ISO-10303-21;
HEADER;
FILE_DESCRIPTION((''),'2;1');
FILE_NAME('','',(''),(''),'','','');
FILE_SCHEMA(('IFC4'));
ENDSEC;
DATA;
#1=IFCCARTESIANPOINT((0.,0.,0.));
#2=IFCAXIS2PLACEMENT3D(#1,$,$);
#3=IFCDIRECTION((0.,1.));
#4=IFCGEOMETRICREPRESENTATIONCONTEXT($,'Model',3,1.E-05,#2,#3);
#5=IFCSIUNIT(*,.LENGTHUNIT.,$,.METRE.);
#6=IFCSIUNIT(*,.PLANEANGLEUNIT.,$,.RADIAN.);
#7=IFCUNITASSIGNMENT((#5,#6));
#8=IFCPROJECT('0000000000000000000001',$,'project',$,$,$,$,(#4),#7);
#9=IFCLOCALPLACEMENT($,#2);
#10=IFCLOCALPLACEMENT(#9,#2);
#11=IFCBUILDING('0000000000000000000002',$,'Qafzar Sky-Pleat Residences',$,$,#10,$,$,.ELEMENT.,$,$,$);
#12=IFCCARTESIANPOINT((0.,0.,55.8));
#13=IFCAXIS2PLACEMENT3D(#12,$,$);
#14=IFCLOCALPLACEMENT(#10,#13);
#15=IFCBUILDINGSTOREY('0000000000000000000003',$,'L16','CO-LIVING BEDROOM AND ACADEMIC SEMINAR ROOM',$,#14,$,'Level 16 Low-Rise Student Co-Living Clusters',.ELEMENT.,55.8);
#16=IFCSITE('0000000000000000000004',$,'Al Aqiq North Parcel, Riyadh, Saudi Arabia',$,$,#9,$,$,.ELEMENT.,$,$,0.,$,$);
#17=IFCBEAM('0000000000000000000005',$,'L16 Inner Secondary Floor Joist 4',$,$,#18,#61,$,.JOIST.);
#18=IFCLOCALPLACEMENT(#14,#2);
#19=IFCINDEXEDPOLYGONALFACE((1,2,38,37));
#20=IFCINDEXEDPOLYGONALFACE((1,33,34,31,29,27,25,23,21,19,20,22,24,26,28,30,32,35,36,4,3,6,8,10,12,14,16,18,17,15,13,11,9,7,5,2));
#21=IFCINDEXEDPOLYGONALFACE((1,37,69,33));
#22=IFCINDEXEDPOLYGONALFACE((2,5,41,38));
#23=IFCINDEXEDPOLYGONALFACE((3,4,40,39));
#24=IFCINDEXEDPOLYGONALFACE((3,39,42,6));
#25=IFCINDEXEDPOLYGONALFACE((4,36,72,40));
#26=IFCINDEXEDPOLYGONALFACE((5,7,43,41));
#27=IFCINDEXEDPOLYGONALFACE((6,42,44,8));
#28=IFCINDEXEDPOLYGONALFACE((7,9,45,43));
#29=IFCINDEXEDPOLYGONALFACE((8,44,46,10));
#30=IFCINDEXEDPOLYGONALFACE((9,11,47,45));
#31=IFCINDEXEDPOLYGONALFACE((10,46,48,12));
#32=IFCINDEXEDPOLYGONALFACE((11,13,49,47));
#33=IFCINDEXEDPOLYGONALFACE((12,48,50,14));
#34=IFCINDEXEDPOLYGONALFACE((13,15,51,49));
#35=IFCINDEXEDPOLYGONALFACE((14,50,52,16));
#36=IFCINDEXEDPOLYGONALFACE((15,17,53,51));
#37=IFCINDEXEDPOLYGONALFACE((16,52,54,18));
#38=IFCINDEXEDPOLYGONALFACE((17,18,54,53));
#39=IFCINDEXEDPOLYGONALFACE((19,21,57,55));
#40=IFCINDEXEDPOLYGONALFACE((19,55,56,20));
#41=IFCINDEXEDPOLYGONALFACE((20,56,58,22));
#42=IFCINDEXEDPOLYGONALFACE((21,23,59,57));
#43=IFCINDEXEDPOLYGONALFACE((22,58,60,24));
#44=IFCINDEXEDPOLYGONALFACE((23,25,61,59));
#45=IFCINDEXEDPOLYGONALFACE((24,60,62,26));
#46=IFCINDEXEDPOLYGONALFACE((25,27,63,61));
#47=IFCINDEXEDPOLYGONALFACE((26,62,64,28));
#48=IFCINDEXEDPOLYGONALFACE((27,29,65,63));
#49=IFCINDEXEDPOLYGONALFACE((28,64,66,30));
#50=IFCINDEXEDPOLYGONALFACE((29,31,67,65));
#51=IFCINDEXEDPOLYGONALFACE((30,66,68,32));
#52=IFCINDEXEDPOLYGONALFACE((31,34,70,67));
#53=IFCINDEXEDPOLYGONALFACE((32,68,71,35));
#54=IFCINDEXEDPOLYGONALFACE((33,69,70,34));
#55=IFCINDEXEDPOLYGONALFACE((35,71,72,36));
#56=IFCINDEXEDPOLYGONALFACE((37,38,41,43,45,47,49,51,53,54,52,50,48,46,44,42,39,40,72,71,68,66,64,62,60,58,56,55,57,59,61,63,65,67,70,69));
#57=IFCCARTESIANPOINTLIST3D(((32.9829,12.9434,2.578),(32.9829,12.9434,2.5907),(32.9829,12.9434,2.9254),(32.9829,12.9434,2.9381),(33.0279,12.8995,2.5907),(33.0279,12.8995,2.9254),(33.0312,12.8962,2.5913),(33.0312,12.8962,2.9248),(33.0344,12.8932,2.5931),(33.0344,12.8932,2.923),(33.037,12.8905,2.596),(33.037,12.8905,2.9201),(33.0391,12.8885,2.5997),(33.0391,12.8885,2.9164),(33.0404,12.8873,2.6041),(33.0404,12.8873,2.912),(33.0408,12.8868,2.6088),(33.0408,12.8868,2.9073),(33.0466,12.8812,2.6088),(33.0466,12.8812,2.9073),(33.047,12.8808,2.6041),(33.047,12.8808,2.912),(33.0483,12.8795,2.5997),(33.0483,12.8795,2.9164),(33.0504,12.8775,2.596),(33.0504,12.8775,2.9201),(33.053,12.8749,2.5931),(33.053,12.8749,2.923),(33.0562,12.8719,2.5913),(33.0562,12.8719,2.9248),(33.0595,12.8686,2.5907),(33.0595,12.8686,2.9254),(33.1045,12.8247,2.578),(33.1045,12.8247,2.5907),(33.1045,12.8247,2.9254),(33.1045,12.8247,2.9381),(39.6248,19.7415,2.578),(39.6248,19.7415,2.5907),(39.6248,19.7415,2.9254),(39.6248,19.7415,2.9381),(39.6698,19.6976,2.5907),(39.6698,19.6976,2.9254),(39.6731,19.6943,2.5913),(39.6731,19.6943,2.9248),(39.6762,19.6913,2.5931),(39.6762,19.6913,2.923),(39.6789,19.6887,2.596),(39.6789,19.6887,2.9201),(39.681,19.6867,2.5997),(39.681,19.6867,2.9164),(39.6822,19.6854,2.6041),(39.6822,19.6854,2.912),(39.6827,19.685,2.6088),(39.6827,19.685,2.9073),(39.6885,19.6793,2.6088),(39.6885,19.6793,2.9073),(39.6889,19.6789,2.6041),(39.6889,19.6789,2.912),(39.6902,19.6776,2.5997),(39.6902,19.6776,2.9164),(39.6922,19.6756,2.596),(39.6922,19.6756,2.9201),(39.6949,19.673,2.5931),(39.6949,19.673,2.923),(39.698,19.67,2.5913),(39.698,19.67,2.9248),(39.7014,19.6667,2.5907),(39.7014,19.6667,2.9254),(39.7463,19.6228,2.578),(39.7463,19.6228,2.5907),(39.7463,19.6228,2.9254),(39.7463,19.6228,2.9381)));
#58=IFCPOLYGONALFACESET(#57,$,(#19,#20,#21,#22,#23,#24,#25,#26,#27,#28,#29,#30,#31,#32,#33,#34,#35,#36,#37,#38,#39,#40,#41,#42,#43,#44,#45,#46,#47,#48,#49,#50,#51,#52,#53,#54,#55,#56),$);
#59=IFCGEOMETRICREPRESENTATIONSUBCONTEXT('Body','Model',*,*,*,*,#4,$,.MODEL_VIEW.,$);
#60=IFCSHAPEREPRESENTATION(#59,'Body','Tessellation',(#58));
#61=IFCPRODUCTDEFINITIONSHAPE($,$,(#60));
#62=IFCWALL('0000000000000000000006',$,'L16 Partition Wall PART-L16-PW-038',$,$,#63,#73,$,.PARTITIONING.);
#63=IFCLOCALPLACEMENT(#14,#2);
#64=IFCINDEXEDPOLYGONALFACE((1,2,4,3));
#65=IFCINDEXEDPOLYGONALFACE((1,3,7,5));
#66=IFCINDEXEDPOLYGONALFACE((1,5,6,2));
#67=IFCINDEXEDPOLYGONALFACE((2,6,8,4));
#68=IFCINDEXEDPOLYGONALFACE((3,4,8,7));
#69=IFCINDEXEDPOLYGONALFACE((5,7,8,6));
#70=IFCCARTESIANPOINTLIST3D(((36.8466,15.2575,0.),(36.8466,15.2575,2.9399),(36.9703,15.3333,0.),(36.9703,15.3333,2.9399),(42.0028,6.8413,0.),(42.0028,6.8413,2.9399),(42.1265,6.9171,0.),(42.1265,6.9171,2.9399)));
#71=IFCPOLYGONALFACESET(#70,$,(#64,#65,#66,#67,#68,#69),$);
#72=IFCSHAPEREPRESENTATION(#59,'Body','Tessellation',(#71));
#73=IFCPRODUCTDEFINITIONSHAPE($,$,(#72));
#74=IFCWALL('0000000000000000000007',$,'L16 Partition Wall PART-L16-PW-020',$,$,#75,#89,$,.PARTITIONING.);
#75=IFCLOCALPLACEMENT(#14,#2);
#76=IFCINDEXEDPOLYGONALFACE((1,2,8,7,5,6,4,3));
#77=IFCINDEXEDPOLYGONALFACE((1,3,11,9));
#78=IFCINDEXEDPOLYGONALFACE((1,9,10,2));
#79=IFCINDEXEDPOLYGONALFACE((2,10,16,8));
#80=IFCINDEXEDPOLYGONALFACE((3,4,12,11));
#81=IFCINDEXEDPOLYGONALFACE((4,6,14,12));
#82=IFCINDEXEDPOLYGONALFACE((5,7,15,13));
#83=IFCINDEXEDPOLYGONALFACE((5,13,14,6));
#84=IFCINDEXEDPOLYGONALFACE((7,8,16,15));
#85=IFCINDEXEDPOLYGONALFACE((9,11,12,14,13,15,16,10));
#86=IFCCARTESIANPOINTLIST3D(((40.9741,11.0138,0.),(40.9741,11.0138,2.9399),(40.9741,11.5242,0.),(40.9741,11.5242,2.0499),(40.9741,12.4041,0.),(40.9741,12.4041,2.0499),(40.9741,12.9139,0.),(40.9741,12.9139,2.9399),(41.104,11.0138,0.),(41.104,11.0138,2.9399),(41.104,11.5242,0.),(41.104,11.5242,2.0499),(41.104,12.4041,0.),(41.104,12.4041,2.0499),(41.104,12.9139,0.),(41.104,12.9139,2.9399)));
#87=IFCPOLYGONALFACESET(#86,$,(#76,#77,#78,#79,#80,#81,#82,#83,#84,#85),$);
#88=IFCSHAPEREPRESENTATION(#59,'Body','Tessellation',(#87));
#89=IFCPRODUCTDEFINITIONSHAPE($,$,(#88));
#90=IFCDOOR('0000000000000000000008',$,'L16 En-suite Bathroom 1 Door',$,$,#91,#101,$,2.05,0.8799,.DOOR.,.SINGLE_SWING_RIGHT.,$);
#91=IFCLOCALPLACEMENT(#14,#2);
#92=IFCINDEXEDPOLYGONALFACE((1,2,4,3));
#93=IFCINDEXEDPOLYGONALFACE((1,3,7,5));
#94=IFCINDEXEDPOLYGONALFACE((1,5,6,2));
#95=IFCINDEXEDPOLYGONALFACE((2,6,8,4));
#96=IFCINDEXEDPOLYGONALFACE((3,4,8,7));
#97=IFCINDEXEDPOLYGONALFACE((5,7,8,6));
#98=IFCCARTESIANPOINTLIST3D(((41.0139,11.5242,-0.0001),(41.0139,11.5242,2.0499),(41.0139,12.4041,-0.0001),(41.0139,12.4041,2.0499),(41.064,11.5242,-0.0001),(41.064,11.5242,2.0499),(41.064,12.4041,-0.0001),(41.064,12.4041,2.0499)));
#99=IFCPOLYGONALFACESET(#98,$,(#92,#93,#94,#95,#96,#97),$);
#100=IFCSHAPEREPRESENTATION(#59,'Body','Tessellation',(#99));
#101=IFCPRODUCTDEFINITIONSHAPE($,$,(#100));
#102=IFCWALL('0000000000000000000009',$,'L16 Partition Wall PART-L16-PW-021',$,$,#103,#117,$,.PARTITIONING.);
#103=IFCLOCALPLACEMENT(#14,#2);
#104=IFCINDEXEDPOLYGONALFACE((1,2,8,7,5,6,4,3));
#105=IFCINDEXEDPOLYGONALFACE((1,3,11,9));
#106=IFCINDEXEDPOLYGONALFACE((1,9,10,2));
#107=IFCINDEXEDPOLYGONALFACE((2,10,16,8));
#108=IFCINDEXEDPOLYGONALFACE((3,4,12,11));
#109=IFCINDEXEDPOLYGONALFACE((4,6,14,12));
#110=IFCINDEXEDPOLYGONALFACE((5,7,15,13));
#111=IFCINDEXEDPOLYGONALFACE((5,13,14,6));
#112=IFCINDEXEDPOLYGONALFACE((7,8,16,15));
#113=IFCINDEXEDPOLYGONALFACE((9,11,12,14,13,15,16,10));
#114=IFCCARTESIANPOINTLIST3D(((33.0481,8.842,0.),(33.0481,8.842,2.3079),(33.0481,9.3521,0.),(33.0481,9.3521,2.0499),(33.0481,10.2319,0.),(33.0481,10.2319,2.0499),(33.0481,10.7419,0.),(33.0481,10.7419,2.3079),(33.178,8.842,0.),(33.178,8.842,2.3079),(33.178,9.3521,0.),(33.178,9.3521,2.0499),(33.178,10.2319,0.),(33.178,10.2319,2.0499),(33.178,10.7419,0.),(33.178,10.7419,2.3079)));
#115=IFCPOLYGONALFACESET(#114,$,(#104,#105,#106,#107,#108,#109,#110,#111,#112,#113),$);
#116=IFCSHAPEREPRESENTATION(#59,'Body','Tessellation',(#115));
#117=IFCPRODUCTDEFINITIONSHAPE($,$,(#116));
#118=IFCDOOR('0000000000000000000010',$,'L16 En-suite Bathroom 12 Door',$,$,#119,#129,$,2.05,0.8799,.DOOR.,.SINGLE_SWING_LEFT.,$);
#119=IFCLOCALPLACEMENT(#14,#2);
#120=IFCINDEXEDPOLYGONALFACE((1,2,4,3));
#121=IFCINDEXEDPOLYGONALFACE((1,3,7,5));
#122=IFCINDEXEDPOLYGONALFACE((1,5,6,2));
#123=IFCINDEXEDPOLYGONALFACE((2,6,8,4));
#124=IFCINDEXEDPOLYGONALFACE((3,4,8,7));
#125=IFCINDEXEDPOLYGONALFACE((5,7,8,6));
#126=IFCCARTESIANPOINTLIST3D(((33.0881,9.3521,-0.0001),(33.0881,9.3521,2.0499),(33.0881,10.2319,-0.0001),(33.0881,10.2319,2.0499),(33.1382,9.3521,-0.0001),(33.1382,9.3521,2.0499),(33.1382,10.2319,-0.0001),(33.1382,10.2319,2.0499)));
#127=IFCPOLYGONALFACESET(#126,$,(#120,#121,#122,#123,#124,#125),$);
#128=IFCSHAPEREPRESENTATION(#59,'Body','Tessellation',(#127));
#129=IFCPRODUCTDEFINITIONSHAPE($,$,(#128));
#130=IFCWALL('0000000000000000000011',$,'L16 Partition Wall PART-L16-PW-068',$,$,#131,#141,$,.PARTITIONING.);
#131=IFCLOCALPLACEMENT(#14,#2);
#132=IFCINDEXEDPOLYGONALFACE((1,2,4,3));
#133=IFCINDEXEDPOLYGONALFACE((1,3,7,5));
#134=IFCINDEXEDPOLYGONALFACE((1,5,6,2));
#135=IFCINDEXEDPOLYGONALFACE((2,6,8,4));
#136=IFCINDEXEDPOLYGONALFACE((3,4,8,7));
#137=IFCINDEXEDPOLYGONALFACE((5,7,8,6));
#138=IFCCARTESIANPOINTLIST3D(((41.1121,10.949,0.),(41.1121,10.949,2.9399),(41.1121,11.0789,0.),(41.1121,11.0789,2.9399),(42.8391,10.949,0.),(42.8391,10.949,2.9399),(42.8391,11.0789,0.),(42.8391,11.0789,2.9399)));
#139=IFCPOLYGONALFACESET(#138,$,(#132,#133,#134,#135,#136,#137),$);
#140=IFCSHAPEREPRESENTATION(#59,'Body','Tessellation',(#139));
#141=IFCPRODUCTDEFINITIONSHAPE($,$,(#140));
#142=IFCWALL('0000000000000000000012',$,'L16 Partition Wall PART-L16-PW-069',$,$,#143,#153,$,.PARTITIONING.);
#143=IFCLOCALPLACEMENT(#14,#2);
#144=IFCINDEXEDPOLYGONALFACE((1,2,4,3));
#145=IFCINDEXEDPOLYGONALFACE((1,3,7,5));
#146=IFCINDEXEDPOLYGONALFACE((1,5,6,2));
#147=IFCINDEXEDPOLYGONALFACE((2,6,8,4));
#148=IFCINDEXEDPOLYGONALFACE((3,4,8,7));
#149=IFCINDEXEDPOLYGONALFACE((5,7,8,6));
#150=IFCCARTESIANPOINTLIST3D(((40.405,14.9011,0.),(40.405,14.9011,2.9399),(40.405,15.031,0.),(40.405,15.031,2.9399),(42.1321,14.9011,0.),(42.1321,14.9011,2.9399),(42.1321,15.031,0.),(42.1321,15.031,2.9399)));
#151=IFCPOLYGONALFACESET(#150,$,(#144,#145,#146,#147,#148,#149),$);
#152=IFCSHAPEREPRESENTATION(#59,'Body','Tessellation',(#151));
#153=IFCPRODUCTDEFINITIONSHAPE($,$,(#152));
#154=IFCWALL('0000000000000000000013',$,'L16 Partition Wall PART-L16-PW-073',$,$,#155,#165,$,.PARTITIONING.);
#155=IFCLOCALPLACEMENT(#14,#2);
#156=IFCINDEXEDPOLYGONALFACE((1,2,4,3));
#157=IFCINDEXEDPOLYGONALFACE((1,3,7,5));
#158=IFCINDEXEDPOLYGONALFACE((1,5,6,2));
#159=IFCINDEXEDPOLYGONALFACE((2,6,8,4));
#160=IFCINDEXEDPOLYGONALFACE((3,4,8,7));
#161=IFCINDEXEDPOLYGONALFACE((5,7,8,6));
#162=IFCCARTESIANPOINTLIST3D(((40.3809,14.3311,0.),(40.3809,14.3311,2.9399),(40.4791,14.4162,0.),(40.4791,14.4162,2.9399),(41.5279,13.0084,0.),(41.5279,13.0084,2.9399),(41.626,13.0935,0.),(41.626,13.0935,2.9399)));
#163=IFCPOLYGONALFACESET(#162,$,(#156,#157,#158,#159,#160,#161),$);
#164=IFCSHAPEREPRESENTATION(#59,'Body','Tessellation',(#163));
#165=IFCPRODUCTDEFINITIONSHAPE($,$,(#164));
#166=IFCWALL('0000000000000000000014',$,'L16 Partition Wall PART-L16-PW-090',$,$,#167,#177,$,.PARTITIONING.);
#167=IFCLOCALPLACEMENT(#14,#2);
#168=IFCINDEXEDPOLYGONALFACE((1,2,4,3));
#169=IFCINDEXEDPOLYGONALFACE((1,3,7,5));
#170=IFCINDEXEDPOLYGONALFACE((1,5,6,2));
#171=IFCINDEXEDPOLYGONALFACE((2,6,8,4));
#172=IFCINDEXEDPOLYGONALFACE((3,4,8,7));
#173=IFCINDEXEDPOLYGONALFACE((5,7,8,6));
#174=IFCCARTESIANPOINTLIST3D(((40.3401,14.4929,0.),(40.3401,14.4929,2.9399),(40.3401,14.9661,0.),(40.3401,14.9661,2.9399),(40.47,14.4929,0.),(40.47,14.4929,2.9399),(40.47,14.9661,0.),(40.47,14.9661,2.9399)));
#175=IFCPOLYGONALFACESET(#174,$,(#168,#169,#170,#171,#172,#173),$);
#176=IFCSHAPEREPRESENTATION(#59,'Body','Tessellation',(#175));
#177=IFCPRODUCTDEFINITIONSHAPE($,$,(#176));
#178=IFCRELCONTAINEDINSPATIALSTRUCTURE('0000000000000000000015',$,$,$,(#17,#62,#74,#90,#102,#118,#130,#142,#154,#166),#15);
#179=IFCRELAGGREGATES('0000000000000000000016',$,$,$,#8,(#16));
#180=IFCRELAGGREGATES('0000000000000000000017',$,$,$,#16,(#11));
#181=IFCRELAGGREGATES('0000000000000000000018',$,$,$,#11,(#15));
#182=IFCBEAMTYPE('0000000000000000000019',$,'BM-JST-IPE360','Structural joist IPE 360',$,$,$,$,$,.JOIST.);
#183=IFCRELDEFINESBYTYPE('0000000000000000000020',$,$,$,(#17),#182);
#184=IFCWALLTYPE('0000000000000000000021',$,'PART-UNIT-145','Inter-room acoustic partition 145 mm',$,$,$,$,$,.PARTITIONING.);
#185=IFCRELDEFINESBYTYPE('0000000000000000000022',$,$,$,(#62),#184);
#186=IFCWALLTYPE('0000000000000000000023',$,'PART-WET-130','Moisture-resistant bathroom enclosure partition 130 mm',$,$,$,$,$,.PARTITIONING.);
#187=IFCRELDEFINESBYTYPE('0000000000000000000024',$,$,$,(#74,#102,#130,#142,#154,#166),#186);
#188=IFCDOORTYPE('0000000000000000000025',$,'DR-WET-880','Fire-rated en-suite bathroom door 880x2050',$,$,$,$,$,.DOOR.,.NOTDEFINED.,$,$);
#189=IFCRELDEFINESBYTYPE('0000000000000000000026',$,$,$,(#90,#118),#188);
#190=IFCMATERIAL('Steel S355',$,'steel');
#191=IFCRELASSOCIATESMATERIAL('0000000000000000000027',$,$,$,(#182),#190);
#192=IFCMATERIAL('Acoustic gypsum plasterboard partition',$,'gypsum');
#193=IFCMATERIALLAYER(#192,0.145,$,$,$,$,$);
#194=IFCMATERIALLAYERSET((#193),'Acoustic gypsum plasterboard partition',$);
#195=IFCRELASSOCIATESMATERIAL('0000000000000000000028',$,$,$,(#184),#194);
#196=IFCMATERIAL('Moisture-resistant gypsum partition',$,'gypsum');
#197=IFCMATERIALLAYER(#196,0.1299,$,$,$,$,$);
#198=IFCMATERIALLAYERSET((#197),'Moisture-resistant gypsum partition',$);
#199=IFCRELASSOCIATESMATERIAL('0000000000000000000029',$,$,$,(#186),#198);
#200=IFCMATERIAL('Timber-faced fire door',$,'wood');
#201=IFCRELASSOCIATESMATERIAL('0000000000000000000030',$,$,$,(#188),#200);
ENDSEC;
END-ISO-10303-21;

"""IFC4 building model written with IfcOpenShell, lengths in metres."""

from ifc_helpers import new_model, si_unit, direction, frame, frame_2d, origin, origin_2d, place, context, subcontext, project, spatial, rectangle, i_section, extrude, source, transform, mapped, material, layer, layer_set, material_profile, profile_set, type_object, element, fill, save


model = new_model("IFC4")

# Units and contexts
model_context = context("Model", 3, precision=1e-05, world=origin(), true_north=direction((0.0, 1.0)))
body_context = subcontext(model_context, "Body", "Model", "MODEL_VIEW")
ifc_project = project(units=[si_unit("LENGTHUNIT", "METRE"), si_unit("PLANEANGLEUNIT", "RADIAN")], contexts=[model_context])

# Site, building, storey
site_placement = place(None, origin())
site = spatial("IfcSite", under=ifc_project, at=site_placement, Name="Al Aqiq North Parcel, Riyadh, Saudi Arabia", CompositionType="ELEMENT", RefElevation=0.0)
building_placement = place(site_placement, origin())
building = spatial("IfcBuilding", under=site, at=building_placement, Name="Qafzar Sky-Pleat Residences", CompositionType="ELEMENT")
storey_placement = place(building_placement, frame((0.0, 0.0, 55.8)))
storey = spatial("IfcBuildingStorey", under=building, at=storey_placement, Name="L16", Description="CO-LIVING BEDROOM AND ACADEMIC SEMINAR ROOM", LongName="Level 16 Low-Rise Student Co-Living Clusters", CompositionType="ELEMENT", Elevation=55.8)

# Beam
ifc_material_1 = material(Name="Steel S355", Category="steel")
ifc_material_profile_1 = material_profile(ifc_material_1, i_section(OverallWidth=0.1699, OverallDepth=0.3601, WebThickness=0.0081, FlangeThickness=0.0127, FilletRadius=0.0181, at=origin_2d()), Name="IPE 360")
ifc_profile_set_1 = profile_set([ifc_material_profile_1], Name="Steel S355")
beam_type_1 = type_object("IfcBeamType", Name="BM-JST-IPE360", Description="Structural joist IPE 360", PredefinedType="JOIST", material=ifc_profile_set_1)
shared_shape_1 = source(origin(), body_context, "Body", "SweptSolid", [
    extrude(i_section(OverallWidth=0.1699, OverallDepth=0.3601, WebThickness=0.0081, FlangeThickness=0.0127, FilletRadius=0.0181, at=origin_2d()), origin(), (0.0, 0.0, 1.0), 9.5042),
])
beam_1_placement = place(storey_placement, frame((33.0437, 12.884, 2.7581), z_axis=(0.698839, 0.715279, 0.0), x_axis=(-0.715279, 0.698839, 0.0)))
element("IfcBeam", 1, at=beam_1_placement, inside=storey, type_object=beam_type_1, Name="L16 Inner Secondary Floor Joist 4", PredefinedType="JOIST", context=body_context, shape_type="MappedRepresentation", body=[
    mapped(shared_shape_1, transform((0.0, 0.0, 0.0), x_axis=(1.0, 0.0, 0.0), y_axis=(0.0, 1.0, 0.0), z_axis=(0.0, 0.0, 1.0), scale=1.0)),
])

# Wall
ifc_material_2 = material(Name="Acoustic gypsum plasterboard partition", Category="gypsum")
ifc_layer_1 = layer(ifc_material_2, 0.145)
ifc_layer_set_1 = layer_set([ifc_layer_1], Name="Acoustic gypsum plasterboard partition")
wall_type_1 = type_object("IfcWallType", Name="PART-UNIT-145", Description="Inter-room acoustic partition 145 mm", PredefinedType="PARTITIONING", material=ifc_layer_set_1)
wall_1_placement = place(storey_placement, frame((36.9084, 15.2954, 0.0), z_axis=(0.0, 0.0, 1.0), x_axis=(0.522407, -0.852696, 0.0)))
element("IfcWall", 2, at=wall_1_placement, inside=storey, type_object=wall_type_1, Name="L16 Partition Wall PART-L16-PW-038", PredefinedType="PARTITIONING", context=body_context, shape_type="SweptSolid", body=[
    extrude(rectangle(XDim=9.8701, YDim=0.145, at=frame_2d((4.9351, 0.0))), origin(), (0.0, 0.0, 1.0), 2.9399),
])

# Walls, openings, doors
ifc_material_3 = material(Name="Moisture-resistant gypsum partition", Category="gypsum")
ifc_layer_2 = layer(ifc_material_3, 0.1299)
ifc_layer_set_2 = layer_set([ifc_layer_2], Name="Moisture-resistant gypsum partition")
wall_type_2 = type_object("IfcWallType", Name="PART-WET-130", Description="Moisture-resistant bathroom enclosure partition 130 mm", PredefinedType="PARTITIONING", material=ifc_layer_set_2)
wall_2_placement = place(storey_placement, frame((41.0391, 12.9141, 0.0), z_axis=(0.0, 0.0, 1.0), x_axis=(0.0, -1.0, 0.0)))
wall_2 = element("IfcWall", 3, at=wall_2_placement, inside=storey, type_object=wall_type_2, Name="L16 Partition Wall PART-L16-PW-020", PredefinedType="PARTITIONING", context=body_context, shape_type="SweptSolid", body=[
    extrude(rectangle(XDim=1.9001, YDim=0.1299, at=frame_2d((0.9502, 0.0))), origin(), (0.0, 0.0, 1.0), 2.9399),
])
opening_1_placement = place(wall_2_placement, frame((0.51, 0.0, 0.0)))
opening_1 = element("IfcOpeningElement", 4, at=opening_1_placement, cuts=wall_2, PredefinedType="OPENING", context=body_context, shape_type="SweptSolid", body=[
    extrude(rectangle(XDim=0.8799, YDim=2.05, at=frame_2d((0.4399, 1.0249))), frame((0.0, 0.075, 0.0), z_axis=(0.0, -1.0, 0.0), x_axis=(1.0, 0.0, 0.0)), (0.0, 0.0, 1.0), 0.1499),
])
ifc_material_4 = material(Name="Timber-faced fire door", Category="wood")
door_type = type_object("IfcDoorType", Name="DR-WET-880", Description="Fire-rated en-suite bathroom door 880x2050", OperationType="NOTDEFINED", PredefinedType="DOOR", material=ifc_material_4)
shared_shape_2 = source(origin(), body_context, "Body", "SweptSolid", [
    extrude(rectangle(XDim=0.8799, YDim=2.05, at=frame_2d((0.4399, 1.0249))), frame((0.0, 0.0249, 0.0), z_axis=(0.0, -1.0, 0.0), x_axis=(1.0, 0.0, 0.0)), (0.0, 0.0, 1.0), 0.05),
])
door_1_placement = place(opening_1_placement, origin())
door_1 = element("IfcDoor", 5, at=door_1_placement, inside=storey, type_object=door_type, Name="L16 En-suite Bathroom 1 Door", OperationType="SINGLE_SWING_RIGHT", OverallHeight=2.05, OverallWidth=0.8799, PredefinedType="DOOR", context=body_context, shape_type="MappedRepresentation", body=[
    mapped(shared_shape_2, transform((0.0, 0.0, 0.0), x_axis=(1.0, 0.0, 0.0), y_axis=(0.0, 1.0, 0.0), z_axis=(0.0, 0.0, 1.0), scale=1.0)),
])
fill(opening_1, door_1)
wall_3_placement = place(storey_placement, frame((33.113, 8.842, 0.0), z_axis=(0.0, 0.0, 1.0), x_axis=(0.0, 1.0, 0.0)))
wall_3 = element("IfcWall", 6, at=wall_3_placement, inside=storey, type_object=wall_type_2, Name="L16 Partition Wall PART-L16-PW-021", PredefinedType="PARTITIONING", context=body_context, shape_type="SweptSolid", body=[
    extrude(rectangle(XDim=1.8999, YDim=0.1299, at=frame_2d((0.95, 0.0))), origin(), (0.0, 0.0, 1.0), 2.3079),
])
opening_2_placement = place(wall_3_placement, frame((0.51, 0.0, 0.0)))
opening_2 = element("IfcOpeningElement", 7, at=opening_2_placement, cuts=wall_3, PredefinedType="OPENING", context=body_context, shape_type="SweptSolid", body=[
    extrude(rectangle(XDim=0.8799, YDim=2.05, at=frame_2d((0.4399, 1.0249))), frame((0.0, 0.075, 0.0), z_axis=(0.0, -1.0, 0.0), x_axis=(1.0, 0.0, 0.0)), (0.0, 0.0, 1.0), 0.1499),
])
door_2_placement = place(opening_2_placement, origin())
door_2 = element("IfcDoor", 8, at=door_2_placement, inside=storey, type_object=door_type, Name="L16 En-suite Bathroom 12 Door", OperationType="SINGLE_SWING_LEFT", OverallHeight=2.05, OverallWidth=0.8799, PredefinedType="DOOR", context=body_context, shape_type="MappedRepresentation", body=[
    mapped(shared_shape_2, transform((0.0, 0.0, 0.0), x_axis=(1.0, 0.0, 0.0), y_axis=(0.0, 1.0, 0.0), z_axis=(0.0, 0.0, 1.0), scale=1.0)),
])
fill(opening_2, door_2)

# Walls
for number, where, z_axis, x_axis, name in (
    (9, (41.1121, 11.0139, 0.0), (0.0, 0.0, 1.0), (1.0, 0.0, 0.0), "L16 Partition Wall PART-L16-PW-068"),
    (10, (40.405, 14.9661, 0.0), (0.0, 0.0, 1.0), (1.0, 0.0, 0.0), "L16 Partition Wall PART-L16-PW-069"),
):
    element("IfcWall", number, at=place(storey_placement, frame(where, z_axis=z_axis, x_axis=x_axis)), inside=storey, type_object=wall_type_2, Name=name, PredefinedType="PARTITIONING", context=body_context, shape_type="SweptSolid", body=[
        extrude(rectangle(XDim=1.7271, YDim=0.1299, at=frame_2d((0.8635, 0.0))), origin(), (0.0, 0.0, 1.0), 2.9399),
    ])
wall_4_placement = place(storey_placement, frame((40.4299, 14.3738, 0.0), z_axis=(0.0, 0.0, 1.0), x_axis=(0.655122, -0.755523, 0.0)))
element("IfcWall", 11, at=wall_4_placement, inside=storey, type_object=wall_type_2, Name="L16 Partition Wall PART-L16-PW-073", PredefinedType="PARTITIONING", context=body_context, shape_type="SweptSolid", body=[
    extrude(rectangle(XDim=1.7507, YDim=0.1299, at=frame_2d((0.8755, 0.0))), origin(), (0.0, 0.0, 1.0), 2.9399),
])
wall_5_placement = place(storey_placement, frame((40.405, 14.4929, 0.0), z_axis=(0.0, 0.0, 1.0), x_axis=(0.0, 1.0, 0.0)))
element("IfcWall", 12, at=wall_5_placement, inside=storey, type_object=wall_type_2, Name="L16 Partition Wall PART-L16-PW-090", PredefinedType="PARTITIONING", context=body_context, shape_type="SweptSolid", body=[
    extrude(rectangle(XDim=0.4731, YDim=0.1299, at=frame_2d((0.2366, 0.0))), origin(), (0.0, 0.0, 1.0), 2.9399),
])

save(model, "model.ifc")
